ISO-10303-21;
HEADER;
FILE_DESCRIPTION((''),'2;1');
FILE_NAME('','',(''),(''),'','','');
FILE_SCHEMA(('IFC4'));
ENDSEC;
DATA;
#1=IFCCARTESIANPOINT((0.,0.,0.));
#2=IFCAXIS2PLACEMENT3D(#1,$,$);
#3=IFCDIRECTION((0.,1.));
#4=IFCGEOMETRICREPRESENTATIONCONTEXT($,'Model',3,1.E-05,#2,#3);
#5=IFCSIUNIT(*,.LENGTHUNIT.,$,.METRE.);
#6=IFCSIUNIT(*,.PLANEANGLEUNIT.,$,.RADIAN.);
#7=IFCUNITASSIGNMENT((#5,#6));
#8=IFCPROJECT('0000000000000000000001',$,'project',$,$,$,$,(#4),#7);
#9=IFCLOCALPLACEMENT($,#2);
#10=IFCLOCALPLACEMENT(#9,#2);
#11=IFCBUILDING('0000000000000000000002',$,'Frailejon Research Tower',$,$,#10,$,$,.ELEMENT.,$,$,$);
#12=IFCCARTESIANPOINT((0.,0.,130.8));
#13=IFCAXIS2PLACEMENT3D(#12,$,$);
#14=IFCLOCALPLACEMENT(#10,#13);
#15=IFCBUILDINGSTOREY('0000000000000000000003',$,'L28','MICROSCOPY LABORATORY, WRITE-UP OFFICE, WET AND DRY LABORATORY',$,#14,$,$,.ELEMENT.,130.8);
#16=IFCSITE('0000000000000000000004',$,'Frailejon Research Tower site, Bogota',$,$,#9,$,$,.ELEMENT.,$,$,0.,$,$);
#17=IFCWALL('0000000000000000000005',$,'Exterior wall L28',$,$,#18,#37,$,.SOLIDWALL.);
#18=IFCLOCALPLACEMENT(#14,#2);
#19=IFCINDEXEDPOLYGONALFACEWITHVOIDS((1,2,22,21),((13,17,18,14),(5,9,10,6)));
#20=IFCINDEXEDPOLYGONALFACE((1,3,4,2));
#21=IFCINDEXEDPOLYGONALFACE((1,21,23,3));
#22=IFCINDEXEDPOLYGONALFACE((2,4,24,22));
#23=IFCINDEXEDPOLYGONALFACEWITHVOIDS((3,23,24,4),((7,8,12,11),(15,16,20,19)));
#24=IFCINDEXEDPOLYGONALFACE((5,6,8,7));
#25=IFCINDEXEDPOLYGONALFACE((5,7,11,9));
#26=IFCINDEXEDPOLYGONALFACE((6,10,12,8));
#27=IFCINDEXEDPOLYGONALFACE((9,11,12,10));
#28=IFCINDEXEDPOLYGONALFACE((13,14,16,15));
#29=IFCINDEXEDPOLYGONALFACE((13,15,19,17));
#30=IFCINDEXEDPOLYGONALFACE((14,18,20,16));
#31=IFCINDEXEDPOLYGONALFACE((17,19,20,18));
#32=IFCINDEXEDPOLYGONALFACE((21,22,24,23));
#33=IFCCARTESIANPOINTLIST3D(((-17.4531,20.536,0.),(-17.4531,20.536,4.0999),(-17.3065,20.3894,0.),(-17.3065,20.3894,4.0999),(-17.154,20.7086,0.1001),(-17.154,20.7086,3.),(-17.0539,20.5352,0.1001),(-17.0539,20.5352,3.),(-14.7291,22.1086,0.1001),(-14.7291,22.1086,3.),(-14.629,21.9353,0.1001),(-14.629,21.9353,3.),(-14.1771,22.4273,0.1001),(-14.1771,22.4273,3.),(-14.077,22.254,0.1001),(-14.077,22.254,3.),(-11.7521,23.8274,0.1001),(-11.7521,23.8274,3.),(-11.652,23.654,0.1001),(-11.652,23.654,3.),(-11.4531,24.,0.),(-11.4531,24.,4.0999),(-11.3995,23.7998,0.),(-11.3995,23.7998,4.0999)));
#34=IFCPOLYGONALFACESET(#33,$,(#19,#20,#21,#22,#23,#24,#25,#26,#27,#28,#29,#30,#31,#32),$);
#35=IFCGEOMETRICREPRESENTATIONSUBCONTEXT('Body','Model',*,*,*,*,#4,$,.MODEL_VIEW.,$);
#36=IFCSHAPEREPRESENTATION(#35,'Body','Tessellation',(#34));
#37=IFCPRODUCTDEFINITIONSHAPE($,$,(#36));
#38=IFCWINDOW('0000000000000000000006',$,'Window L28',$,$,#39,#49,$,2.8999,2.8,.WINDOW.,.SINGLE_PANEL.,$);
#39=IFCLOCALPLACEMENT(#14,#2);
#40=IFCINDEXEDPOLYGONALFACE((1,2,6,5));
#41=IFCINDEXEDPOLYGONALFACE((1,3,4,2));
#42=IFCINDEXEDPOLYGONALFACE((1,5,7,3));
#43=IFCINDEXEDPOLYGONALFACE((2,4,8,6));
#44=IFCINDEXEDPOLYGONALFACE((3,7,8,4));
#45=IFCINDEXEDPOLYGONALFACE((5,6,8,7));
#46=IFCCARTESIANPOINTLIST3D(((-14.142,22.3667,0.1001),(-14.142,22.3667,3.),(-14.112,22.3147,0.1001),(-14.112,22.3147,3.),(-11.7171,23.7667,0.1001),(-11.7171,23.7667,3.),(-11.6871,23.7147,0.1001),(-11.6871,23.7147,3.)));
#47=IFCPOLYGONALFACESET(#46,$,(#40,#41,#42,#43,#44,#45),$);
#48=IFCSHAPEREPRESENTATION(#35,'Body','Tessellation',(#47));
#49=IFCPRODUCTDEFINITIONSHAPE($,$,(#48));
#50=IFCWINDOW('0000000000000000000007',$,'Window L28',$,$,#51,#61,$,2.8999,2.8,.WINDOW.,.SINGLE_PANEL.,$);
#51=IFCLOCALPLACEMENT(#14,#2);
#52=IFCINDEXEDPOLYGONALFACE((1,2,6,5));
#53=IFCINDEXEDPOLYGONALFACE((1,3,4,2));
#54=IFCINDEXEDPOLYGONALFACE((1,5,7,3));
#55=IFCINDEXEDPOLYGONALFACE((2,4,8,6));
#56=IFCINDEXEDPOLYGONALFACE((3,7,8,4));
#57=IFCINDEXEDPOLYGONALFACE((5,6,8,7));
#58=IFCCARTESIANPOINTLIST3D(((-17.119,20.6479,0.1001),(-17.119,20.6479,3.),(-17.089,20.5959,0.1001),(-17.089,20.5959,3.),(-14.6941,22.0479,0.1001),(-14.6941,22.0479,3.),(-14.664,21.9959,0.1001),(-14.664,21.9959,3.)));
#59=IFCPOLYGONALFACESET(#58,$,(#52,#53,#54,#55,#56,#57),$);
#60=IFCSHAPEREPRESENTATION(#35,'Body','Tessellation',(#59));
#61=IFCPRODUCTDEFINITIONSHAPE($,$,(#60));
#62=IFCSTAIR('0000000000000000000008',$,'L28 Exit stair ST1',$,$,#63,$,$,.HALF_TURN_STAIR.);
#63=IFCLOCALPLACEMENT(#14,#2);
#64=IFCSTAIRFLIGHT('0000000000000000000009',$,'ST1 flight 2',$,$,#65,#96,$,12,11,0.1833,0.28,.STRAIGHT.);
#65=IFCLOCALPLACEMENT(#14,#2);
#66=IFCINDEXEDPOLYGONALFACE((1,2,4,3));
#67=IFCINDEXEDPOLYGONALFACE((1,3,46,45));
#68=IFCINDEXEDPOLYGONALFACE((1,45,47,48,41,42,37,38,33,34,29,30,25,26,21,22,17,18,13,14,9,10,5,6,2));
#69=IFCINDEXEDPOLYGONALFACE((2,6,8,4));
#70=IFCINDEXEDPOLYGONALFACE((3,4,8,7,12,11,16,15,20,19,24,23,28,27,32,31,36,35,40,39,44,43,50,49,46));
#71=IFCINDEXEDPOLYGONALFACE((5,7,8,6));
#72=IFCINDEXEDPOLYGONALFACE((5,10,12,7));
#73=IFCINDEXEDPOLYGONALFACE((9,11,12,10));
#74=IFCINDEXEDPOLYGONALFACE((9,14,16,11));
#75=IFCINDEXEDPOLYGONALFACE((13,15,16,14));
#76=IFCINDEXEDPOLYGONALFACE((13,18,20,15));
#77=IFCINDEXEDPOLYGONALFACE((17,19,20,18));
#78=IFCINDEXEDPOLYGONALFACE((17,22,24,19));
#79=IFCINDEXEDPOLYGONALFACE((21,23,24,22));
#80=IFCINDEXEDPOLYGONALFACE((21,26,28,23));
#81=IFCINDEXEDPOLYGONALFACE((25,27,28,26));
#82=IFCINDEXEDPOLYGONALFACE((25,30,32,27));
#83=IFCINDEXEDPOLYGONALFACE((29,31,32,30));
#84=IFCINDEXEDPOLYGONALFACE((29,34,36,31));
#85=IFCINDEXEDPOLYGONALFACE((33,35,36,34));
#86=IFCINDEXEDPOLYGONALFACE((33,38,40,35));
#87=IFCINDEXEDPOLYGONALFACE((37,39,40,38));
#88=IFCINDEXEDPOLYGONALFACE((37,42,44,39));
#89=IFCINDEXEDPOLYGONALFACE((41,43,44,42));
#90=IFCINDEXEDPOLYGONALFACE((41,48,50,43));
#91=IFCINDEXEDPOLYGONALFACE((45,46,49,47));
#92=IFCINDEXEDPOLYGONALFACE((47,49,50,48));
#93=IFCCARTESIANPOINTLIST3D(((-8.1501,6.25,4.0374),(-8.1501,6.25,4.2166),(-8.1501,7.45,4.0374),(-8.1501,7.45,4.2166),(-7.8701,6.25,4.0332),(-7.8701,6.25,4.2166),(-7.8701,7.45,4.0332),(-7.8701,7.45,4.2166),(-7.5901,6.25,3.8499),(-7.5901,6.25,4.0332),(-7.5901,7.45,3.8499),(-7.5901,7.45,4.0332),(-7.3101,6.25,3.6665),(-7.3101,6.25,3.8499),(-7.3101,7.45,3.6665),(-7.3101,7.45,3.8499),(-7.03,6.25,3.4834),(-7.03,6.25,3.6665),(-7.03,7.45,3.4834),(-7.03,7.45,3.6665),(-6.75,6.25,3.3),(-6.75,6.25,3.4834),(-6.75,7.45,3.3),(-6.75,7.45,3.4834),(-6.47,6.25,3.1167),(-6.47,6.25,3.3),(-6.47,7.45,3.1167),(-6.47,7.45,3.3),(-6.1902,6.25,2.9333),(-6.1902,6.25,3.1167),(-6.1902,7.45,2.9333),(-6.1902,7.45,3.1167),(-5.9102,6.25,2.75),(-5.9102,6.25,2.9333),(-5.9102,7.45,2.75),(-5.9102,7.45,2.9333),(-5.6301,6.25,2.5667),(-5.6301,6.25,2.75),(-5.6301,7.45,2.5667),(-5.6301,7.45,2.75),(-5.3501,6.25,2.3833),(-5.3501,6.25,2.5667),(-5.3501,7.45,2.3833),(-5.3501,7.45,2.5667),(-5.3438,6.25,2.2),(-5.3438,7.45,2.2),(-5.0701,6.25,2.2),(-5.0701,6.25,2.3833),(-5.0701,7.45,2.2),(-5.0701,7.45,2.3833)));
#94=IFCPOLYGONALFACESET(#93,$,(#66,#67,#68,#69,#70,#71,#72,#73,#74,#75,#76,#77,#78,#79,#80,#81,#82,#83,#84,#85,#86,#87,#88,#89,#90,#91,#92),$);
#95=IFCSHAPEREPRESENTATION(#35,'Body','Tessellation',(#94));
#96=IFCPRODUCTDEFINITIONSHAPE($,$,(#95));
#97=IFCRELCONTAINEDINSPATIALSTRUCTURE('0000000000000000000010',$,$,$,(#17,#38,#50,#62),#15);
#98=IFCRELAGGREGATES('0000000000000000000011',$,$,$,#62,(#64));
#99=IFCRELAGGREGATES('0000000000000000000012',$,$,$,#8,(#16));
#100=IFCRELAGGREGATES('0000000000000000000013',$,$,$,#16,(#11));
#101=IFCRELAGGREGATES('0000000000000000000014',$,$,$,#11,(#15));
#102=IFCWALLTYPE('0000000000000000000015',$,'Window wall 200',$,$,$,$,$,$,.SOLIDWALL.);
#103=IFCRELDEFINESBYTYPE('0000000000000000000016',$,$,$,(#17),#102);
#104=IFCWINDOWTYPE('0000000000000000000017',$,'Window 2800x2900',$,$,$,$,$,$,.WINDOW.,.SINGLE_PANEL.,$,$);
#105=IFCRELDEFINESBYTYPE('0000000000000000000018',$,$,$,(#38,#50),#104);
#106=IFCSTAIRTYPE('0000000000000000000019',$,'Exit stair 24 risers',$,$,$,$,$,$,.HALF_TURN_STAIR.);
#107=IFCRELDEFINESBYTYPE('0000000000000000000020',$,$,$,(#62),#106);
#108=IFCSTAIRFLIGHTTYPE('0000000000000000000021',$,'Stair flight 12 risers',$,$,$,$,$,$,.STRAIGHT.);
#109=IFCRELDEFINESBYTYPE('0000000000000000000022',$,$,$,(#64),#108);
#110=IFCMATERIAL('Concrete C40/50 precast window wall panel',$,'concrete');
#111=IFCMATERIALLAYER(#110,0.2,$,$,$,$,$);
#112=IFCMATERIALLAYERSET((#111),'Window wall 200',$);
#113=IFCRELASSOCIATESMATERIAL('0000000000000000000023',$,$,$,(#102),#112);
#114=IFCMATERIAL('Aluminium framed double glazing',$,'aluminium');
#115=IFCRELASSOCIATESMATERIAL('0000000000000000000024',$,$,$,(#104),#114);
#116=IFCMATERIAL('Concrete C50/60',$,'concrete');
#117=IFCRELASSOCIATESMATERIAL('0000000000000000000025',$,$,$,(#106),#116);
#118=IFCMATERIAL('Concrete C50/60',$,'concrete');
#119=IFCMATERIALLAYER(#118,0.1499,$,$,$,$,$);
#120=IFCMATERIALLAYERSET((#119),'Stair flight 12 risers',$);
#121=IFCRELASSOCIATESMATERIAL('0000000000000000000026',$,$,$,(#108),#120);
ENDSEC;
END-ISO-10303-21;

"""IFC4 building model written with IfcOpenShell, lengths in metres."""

from ifc_helpers import new_model, si_unit, direction, frame, frame_2d, origin, place, context, subcontext, project, spatial, polyline, rectangle, outline, extrude, material, layer, layer_set, type_object, element, fill, aggregate, save


model = new_model("IFC4")

# Units and contexts
model_context = context("Model", 3, precision=1e-05, world=origin(), true_north=direction((0.0, 1.0)))
body_context = subcontext(model_context, "Body", "Model", "MODEL_VIEW")
ifc_project = project(units=[si_unit("LENGTHUNIT", "METRE"), si_unit("PLANEANGLEUNIT", "RADIAN")], contexts=[model_context])

# Site, building, storey
site_placement = place(None, origin())
site = spatial("IfcSite", under=ifc_project, at=site_placement, Name="Frailejon Research Tower site, Bogota", CompositionType="ELEMENT", RefElevation=0.0)
building_placement = place(site_placement, origin())
building = spatial("IfcBuilding", under=site, at=building_placement, Name="Frailejon Research Tower", CompositionType="ELEMENT")
storey_placement = place(building_placement, frame((0.0, 0.0, 130.8)))
storey = spatial("IfcBuildingStorey", under=building, at=storey_placement, Name="L28", Description="MICROSCOPY LABORATORY, WRITE-UP OFFICE, WET AND DRY LABORATORY", CompositionType="ELEMENT", Elevation=130.8)

# Wall, openings, windows
ifc_material_1 = material(Name="Concrete C40/50 precast window wall panel", Category="concrete")
ifc_layer_1 = layer(ifc_material_1, 0.2)
ifc_layer_set_1 = layer_set([ifc_layer_1], Name="Window wall 200")
wall_type_1 = type_object("IfcWallType", Name="Window wall 200", PredefinedType="SOLIDWALL", material=ifc_layer_set_1)
wall_1_placement = place(storey_placement, frame((-11.4263, 23.8999, 0.0), z_axis=(0.0, 0.0, 1.0), x_axis=(-0.866029, -0.499993, 0.0)))
wall_1 = element("IfcWall", 1, at=wall_1_placement, inside=storey, type_object=wall_type_1, Name="Exterior wall L28", PredefinedType="SOLIDWALL", context=body_context, shape_type="SweptSolid", body=[
    extrude(outline(polyline([(-0.0269, -0.1001), (1.1279, -0.1001), (2.2825, -0.1001), (3.4373, -0.1001), (4.592, -0.1001), (5.7466, -0.1001), (6.9014, -0.1001), (6.8477, 0.1001), (5.7109, 0.1001), (4.574, 0.1001), (3.4373, 0.1001), (2.3005, 0.1001), (1.1636, 0.1001), (0.0269, 0.1001), (-0.0269, -0.1001)])), origin(), (0.0, 0.0, 1.0), 4.0999),
])
opening_1_placement = place(wall_1_placement, frame((0.3186, 0.0, 0.1001)))
opening_1 = element("IfcOpeningElement", 2, at=opening_1_placement, cuts=wall_1, PredefinedType="OPENING", context=body_context, shape_type="SweptSolid", body=[
    extrude(rectangle(XDim=2.8, YDim=2.8999, at=frame_2d((1.3999, 1.45))), frame((0.0, 0.1099, 0.0), z_axis=(0.0, -1.0, 0.0), x_axis=(1.0, 0.0, 0.0)), (0.0, 0.0, 1.0), 0.22),
])
opening_2_placement = place(wall_1_placement, frame((3.7561, 0.0, 0.1001)))
opening_2 = element("IfcOpeningElement", 3, at=opening_2_placement, cuts=wall_1, PredefinedType="OPENING", context=body_context, shape_type="SweptSolid", body=[
    extrude(rectangle(XDim=2.8, YDim=2.8999, at=frame_2d((1.3999, 1.45))), frame((0.0, 0.1099, 0.0), z_axis=(0.0, -1.0, 0.0), x_axis=(1.0, 0.0, 0.0)), (0.0, 0.0, 1.0), 0.22),
])
ifc_material_2 = material(Name="Aluminium framed double glazing", Category="aluminium")
window_type_1 = type_object("IfcWindowType", Name="Window 2800x2900", PartitioningType="SINGLE_PANEL", PredefinedType="WINDOW", material=ifc_material_2)
window_1_placement = place(opening_1_placement, origin())
window_1 = element("IfcWindow", 4, at=window_1_placement, inside=storey, type_object=window_type_1, Name="Window L28", OverallHeight=2.8999, OverallWidth=2.8, PartitioningType="SINGLE_PANEL", PredefinedType="WINDOW", context=body_context, shape_type="SweptSolid", body=[
    extrude(rectangle(XDim=2.8, YDim=2.8999, at=frame_2d((1.3999, 1.45))), frame((0.0, 0.03, 0.0), z_axis=(0.0, -1.0, 0.0), x_axis=(1.0, 0.0, 0.0)), (0.0, 0.0, 1.0), 0.0601),
])
fill(opening_1, window_1)
window_2_placement = place(opening_2_placement, origin())
window_2 = element("IfcWindow", 5, at=window_2_placement, inside=storey, type_object=window_type_1, Name="Window L28", OverallHeight=2.8999, OverallWidth=2.8, PartitioningType="SINGLE_PANEL", PredefinedType="WINDOW", context=body_context, shape_type="SweptSolid", body=[
    extrude(rectangle(XDim=2.8, YDim=2.8999, at=frame_2d((1.3999, 1.45))), frame((0.0, 0.03, 0.0), z_axis=(0.0, -1.0, 0.0), x_axis=(1.0, 0.0, 0.0)), (0.0, 0.0, 1.0), 0.0601),
])
fill(opening_2, window_2)

# Stair, stair flight
ifc_material_3 = material(Name="Concrete C50/60", Category="concrete")
stair_type = type_object("IfcStairType", Name="Exit stair 24 risers", PredefinedType="HALF_TURN_STAIR", material=ifc_material_3)
stair_placement = place(storey_placement, origin())
stair = element("IfcStair", 6, at=stair_placement, inside=storey, type_object=stair_type, Name="L28 Exit stair ST1", PredefinedType="HALF_TURN_STAIR")
ifc_material_4 = material(Name="Concrete C50/60", Category="concrete")
ifc_layer_2 = layer(ifc_material_4, 0.1499)
ifc_layer_set_2 = layer_set([ifc_layer_2], Name="Stair flight 12 risers")
stair_flight_type = type_object("IfcStairFlightType", Name="Stair flight 12 risers", PredefinedType="STRAIGHT", material=ifc_layer_set_2)
stair_flight_placement = place(storey_placement, frame((-5.0701, 6.8501, 2.2), z_axis=(0.0, 0.0, 1.0), x_axis=(-1.0, 0.0, 0.0)))
stair_flight = element("IfcStairFlight", 7, at=stair_flight_placement, type_object=stair_flight_type, Name="ST1 flight 2", NumberOfRisers=12, NumberOfTreads=11, PredefinedType="STRAIGHT", RiserHeight=0.1833, TreadLength=0.28, context=body_context, shape_type="SweptSolid", body=[
    extrude(outline(polyline([(0.0, 0.0), (0.0, 0.1833), (0.28, 0.1833), (0.28, 0.3667), (0.5601, 0.3667), (0.5601, 0.55), (0.8401, 0.55), (0.8401, 0.7334), (1.1201, 0.7334), (1.1201, 0.9167), (1.3999, 0.9167), (1.3999, 1.1001), (1.6799, 1.1001), (1.6799, 1.2834), (1.96, 1.2834), (1.96, 1.4666), (2.24, 1.4666), (2.24, 1.6499), (2.52, 1.6499), (2.52, 1.8333), (2.8, 1.8333), (2.8, 2.0166), (3.0801, 2.0166), (3.0801, 2.2), (3.0801, 1.8374), (0.2737, 0.0), (0.0, 0.0)])), frame((0.0, 0.6001, 0.0), z_axis=(0.0, -1.0, 0.0), x_axis=(1.0, 0.0, 0.0)), (0.0, 0.0, 1.0), 1.2),
])
aggregate(stair, [stair_flight])

save(model, "model.ifc")
